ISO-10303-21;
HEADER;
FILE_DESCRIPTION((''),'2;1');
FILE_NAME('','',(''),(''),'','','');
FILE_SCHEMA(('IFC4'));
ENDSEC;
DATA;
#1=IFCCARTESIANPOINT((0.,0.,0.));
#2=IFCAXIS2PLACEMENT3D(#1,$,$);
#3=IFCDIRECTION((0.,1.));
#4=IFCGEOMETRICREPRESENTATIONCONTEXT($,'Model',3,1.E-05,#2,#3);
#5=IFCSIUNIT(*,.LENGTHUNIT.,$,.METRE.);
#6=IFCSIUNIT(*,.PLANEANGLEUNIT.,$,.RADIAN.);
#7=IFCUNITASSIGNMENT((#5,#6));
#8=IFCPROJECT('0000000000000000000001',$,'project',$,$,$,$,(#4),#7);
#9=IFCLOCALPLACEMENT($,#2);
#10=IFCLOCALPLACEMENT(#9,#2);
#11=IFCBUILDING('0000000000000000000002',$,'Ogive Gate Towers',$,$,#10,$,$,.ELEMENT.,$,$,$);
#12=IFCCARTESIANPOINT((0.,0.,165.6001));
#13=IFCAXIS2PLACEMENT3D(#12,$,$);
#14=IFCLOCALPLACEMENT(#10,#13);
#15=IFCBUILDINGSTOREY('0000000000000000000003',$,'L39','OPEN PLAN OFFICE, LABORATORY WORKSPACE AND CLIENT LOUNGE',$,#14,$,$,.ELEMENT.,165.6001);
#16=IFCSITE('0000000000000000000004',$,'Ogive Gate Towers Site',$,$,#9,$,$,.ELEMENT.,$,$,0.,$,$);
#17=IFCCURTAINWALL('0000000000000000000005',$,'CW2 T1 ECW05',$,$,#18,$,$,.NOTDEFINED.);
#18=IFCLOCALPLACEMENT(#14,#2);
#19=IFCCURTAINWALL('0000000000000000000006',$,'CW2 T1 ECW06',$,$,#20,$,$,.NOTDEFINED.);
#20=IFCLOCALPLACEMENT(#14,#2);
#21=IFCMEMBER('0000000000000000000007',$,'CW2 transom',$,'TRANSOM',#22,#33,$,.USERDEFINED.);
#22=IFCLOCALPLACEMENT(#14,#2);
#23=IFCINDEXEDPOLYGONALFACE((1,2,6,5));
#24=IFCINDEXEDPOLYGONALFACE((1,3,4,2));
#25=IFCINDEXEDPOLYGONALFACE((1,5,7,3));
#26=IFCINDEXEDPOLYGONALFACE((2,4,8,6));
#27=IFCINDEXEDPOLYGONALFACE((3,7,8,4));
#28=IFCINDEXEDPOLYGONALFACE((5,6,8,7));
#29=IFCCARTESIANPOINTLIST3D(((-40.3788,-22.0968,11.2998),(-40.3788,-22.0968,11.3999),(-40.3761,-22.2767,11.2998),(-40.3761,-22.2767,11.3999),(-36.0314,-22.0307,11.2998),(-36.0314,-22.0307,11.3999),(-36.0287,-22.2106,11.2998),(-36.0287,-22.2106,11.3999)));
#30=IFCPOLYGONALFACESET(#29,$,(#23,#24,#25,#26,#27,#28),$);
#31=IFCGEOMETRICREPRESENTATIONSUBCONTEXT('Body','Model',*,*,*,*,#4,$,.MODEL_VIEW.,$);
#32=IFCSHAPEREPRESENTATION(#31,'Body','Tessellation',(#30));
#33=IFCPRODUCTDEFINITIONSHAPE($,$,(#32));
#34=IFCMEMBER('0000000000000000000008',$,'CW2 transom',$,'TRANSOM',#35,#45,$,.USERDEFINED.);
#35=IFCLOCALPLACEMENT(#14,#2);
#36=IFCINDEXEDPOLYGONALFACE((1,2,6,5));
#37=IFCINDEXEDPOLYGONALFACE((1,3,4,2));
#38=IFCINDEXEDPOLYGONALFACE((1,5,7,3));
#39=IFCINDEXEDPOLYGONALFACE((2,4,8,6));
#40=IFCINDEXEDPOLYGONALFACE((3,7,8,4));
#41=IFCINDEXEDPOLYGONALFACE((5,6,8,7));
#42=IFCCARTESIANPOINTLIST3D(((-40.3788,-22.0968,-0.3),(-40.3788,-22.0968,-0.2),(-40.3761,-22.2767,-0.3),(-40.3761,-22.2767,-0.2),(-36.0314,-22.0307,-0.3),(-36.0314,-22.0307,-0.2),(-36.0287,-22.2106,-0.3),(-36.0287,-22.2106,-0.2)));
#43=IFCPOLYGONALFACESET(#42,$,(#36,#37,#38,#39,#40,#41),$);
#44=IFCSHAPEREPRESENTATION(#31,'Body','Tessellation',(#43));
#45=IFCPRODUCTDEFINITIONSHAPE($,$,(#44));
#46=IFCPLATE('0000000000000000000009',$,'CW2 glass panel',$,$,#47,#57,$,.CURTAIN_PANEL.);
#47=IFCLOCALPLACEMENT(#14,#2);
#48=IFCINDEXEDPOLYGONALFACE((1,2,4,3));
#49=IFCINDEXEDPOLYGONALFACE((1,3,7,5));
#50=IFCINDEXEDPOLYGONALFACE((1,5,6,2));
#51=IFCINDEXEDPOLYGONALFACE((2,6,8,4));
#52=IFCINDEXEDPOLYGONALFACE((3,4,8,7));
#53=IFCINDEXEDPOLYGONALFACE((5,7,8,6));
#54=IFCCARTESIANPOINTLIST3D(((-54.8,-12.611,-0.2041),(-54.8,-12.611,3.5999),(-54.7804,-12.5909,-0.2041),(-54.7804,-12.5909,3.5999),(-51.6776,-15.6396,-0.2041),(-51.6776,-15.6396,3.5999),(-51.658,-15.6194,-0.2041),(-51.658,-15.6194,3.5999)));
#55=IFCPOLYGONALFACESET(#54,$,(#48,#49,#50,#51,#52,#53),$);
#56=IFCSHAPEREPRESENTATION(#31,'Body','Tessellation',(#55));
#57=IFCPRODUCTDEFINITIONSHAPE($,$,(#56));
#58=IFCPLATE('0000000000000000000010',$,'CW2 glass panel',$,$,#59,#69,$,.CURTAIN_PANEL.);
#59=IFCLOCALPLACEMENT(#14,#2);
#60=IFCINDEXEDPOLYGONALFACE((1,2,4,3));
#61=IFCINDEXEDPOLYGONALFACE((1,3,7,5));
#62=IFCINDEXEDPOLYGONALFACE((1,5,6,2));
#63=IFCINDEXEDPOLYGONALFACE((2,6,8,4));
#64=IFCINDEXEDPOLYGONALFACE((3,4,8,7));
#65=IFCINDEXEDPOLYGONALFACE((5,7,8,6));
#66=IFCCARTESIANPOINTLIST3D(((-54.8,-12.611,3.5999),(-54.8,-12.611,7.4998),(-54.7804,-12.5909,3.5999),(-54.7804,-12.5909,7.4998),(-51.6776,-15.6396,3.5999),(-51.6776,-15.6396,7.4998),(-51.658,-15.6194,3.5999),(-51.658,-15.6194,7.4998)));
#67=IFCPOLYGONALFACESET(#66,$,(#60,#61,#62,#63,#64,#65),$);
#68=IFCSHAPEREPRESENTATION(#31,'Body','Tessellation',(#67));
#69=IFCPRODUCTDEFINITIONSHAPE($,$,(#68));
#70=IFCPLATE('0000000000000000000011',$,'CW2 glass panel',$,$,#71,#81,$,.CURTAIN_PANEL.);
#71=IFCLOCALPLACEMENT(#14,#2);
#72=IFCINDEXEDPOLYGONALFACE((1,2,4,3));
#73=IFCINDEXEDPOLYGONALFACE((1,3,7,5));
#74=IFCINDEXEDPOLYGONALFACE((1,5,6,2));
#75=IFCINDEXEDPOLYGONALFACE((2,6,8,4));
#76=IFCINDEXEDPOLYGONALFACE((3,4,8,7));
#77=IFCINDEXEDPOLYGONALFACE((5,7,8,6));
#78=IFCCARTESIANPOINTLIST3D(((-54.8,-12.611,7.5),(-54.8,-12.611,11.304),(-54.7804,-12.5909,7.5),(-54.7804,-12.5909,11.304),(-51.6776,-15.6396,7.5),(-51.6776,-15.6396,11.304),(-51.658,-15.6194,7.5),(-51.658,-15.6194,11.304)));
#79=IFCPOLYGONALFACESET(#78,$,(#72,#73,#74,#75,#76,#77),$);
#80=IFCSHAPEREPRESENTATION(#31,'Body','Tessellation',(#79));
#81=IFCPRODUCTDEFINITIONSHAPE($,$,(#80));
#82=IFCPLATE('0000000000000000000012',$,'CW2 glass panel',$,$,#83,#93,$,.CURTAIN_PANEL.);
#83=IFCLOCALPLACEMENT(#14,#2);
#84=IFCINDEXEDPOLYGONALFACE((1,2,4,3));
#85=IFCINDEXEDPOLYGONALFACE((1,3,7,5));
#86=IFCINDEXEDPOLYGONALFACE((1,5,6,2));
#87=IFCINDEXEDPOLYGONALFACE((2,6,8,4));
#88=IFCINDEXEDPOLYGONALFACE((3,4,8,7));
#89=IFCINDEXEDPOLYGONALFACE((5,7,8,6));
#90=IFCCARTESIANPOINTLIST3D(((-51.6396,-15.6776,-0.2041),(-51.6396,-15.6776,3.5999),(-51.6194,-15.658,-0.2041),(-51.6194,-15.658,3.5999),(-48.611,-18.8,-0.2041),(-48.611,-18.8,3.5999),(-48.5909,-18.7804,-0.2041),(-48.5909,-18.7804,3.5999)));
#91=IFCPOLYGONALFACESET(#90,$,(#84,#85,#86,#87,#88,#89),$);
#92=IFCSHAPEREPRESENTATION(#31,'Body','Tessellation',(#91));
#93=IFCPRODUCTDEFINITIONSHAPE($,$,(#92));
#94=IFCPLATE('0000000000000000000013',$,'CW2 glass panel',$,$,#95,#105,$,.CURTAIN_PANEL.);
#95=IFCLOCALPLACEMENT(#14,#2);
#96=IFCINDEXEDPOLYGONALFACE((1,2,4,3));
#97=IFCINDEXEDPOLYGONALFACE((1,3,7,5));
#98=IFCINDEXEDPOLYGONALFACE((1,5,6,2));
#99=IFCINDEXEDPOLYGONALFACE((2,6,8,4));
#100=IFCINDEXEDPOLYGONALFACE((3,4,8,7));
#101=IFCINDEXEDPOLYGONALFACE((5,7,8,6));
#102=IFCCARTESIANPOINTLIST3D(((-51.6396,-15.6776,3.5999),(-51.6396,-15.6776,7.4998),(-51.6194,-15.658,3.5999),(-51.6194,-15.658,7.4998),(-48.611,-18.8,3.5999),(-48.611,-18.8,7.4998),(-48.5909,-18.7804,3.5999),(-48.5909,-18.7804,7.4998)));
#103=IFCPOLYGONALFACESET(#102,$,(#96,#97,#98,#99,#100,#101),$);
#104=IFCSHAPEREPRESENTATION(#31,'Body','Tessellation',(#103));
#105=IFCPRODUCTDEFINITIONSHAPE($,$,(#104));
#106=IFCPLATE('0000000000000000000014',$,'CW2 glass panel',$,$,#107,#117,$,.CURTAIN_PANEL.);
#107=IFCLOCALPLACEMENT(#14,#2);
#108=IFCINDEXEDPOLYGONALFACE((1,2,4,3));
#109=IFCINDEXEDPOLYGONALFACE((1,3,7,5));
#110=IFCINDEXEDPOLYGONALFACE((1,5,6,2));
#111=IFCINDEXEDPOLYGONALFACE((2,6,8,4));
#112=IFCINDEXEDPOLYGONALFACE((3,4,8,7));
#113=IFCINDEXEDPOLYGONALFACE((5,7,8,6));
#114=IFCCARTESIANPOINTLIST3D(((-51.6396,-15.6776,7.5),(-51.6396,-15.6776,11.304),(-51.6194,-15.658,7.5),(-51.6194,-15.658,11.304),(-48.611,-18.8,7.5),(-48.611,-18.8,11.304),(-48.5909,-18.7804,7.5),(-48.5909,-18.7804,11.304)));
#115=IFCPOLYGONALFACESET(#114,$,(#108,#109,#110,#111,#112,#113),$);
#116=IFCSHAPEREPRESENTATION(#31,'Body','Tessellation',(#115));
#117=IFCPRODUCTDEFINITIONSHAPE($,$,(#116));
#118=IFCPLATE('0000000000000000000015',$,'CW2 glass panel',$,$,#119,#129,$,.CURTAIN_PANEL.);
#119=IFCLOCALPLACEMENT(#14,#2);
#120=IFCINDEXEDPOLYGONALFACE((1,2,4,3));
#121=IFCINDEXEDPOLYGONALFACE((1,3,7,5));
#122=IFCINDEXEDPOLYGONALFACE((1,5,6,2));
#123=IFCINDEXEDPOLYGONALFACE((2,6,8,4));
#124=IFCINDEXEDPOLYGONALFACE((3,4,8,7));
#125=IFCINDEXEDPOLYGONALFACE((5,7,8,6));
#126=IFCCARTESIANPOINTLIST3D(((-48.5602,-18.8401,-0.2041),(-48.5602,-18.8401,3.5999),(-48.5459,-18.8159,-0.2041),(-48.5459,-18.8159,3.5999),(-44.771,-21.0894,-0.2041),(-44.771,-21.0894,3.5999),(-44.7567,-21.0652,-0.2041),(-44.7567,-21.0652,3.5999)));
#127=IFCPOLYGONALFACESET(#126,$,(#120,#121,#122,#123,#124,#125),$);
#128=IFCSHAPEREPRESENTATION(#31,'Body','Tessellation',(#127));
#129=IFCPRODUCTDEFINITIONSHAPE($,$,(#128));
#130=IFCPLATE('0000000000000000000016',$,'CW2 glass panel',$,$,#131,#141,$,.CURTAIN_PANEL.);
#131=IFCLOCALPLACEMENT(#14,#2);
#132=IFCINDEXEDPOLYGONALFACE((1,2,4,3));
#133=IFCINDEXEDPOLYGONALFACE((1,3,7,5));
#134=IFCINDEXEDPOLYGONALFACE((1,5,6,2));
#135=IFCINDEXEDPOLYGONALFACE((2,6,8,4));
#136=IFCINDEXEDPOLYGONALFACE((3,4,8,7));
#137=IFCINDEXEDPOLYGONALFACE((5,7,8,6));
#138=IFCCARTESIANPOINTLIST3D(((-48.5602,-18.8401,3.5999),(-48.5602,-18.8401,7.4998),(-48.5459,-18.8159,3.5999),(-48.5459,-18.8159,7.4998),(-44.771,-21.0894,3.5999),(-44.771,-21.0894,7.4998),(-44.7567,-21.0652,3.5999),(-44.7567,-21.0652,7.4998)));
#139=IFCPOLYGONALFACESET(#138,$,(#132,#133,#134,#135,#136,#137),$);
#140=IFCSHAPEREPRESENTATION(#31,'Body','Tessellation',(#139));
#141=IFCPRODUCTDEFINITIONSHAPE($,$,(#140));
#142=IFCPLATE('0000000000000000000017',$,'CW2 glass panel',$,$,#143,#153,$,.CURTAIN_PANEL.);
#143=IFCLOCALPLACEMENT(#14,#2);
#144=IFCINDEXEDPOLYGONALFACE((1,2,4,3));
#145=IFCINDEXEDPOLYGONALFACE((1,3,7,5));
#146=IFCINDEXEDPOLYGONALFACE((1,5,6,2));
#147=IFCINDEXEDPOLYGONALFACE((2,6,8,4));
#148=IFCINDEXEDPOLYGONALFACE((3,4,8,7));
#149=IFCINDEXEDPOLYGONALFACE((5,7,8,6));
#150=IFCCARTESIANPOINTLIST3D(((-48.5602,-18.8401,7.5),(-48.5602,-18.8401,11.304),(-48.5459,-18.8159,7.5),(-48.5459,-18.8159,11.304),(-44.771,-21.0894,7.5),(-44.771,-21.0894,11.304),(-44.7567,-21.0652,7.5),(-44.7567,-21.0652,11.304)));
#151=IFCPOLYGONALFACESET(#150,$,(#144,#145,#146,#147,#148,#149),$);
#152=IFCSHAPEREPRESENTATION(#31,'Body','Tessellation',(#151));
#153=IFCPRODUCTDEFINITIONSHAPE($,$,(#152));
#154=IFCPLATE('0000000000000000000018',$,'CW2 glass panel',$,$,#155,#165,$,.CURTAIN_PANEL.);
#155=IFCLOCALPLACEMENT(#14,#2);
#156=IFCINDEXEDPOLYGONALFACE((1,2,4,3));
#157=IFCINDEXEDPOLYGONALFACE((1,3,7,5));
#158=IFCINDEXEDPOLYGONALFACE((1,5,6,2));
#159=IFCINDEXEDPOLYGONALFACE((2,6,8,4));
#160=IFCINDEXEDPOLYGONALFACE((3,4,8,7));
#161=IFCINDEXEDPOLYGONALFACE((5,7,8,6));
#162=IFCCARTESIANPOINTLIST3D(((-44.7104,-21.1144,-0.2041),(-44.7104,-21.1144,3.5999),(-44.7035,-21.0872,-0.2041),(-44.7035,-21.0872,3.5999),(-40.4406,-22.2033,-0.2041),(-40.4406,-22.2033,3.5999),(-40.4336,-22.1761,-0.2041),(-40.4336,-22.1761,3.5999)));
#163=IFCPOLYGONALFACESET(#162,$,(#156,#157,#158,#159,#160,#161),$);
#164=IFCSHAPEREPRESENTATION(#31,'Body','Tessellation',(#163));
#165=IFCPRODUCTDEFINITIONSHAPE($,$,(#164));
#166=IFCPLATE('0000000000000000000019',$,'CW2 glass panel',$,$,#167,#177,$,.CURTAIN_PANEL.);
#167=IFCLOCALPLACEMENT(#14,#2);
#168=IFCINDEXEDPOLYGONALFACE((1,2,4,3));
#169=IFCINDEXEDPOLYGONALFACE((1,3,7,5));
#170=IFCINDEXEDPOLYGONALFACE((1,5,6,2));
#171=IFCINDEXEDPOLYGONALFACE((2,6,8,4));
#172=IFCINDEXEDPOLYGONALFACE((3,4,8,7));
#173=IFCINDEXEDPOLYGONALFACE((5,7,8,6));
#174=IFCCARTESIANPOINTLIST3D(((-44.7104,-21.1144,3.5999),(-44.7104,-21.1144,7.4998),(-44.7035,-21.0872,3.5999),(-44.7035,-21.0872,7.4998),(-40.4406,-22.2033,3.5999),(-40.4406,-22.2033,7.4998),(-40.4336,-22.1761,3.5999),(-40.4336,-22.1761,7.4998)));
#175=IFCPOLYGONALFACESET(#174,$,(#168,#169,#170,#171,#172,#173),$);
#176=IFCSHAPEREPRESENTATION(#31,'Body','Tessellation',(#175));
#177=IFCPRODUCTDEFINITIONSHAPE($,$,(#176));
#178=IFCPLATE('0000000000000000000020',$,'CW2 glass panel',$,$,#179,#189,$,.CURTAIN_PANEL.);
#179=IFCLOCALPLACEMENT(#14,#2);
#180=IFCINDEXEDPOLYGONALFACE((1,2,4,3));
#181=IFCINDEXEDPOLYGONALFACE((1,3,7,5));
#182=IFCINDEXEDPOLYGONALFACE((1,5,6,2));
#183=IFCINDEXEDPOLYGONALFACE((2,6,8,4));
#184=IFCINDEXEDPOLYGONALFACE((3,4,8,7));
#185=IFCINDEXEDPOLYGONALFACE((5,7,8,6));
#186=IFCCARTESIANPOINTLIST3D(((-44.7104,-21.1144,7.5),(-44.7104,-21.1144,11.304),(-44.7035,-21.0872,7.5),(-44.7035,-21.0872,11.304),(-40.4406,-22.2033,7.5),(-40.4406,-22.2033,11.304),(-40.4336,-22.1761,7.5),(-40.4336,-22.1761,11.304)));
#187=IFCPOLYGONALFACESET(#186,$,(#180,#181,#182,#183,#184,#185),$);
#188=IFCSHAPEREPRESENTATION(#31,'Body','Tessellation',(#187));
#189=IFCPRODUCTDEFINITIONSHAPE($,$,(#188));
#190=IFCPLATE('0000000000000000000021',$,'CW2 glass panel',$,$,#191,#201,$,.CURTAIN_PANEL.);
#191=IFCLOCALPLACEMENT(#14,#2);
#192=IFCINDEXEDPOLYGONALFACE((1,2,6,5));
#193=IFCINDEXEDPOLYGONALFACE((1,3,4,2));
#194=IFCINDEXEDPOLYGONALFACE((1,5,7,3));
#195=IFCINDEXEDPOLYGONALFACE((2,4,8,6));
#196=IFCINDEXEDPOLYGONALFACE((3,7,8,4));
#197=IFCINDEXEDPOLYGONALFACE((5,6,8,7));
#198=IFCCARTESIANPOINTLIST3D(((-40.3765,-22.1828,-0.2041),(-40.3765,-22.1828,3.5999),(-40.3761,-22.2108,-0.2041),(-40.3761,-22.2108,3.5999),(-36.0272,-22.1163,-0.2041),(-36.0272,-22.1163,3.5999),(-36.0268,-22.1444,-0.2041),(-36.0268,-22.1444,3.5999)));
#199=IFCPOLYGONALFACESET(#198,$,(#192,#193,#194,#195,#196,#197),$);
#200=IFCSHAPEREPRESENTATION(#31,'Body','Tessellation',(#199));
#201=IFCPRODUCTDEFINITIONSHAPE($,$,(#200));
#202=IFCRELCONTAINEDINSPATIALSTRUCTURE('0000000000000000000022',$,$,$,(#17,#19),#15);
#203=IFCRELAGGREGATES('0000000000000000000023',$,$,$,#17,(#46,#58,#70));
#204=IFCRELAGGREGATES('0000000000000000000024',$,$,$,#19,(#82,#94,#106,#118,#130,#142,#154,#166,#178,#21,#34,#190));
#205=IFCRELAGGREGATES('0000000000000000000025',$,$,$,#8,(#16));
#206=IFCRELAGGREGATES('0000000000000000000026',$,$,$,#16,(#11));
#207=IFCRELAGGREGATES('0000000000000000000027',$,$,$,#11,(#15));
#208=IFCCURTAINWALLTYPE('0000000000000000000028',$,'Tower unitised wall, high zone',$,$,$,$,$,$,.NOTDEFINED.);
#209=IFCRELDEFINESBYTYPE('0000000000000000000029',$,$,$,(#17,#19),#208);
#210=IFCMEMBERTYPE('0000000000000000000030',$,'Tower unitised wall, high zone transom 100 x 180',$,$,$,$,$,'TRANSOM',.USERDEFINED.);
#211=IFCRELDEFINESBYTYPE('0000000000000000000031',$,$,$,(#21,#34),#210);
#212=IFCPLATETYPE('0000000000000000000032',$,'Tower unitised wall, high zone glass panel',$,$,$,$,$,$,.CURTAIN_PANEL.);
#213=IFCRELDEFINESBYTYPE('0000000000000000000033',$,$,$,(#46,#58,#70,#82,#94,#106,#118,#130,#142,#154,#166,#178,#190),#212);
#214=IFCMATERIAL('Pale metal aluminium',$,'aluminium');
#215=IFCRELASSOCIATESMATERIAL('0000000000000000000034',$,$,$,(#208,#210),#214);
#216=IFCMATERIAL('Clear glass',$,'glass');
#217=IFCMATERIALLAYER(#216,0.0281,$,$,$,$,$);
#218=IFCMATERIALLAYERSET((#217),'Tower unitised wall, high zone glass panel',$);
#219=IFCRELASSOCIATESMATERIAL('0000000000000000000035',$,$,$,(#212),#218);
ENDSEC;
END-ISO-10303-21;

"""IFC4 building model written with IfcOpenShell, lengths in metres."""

from ifc_helpers import new_model, si_unit, direction, frame, origin, origin_2d, place, context, subcontext, project, spatial, rectangle, extrude, material, layer, layer_set, material_profile, profile_set, type_object, element, aggregate, save


model = new_model("IFC4")

# Units and contexts
model_context = context("Model", 3, precision=1e-05, world=origin(), true_north=direction((0.0, 1.0)))
body_context = subcontext(model_context, "Body", "Model", "MODEL_VIEW")
ifc_project = project(units=[si_unit("LENGTHUNIT", "METRE"), si_unit("PLANEANGLEUNIT", "RADIAN")], contexts=[model_context])

# Site, building, storey
site_placement = place(None, origin())
site = spatial("IfcSite", under=ifc_project, at=site_placement, Name="Ogive Gate Towers Site", CompositionType="ELEMENT", RefElevation=0.0)
building_placement = place(site_placement, origin())
building = spatial("IfcBuilding", under=site, at=building_placement, Name="Ogive Gate Towers", CompositionType="ELEMENT")
storey_placement = place(building_placement, frame((0.0, 0.0, 165.6001)))
storey = spatial("IfcBuildingStorey", under=building, at=storey_placement, Name="L39", Description="OPEN PLAN OFFICE, LABORATORY WORKSPACE AND CLIENT LOUNGE", CompositionType="ELEMENT", Elevation=165.6001)

# Curtain wall
ifc_material_1 = material(Name="Pale metal aluminium", Category="aluminium")
curtain_wall_type = type_object("IfcCurtainWallType", Name="Tower unitised wall, high zone", PredefinedType="NOTDEFINED", material=ifc_material_1)
curtain_wall_1_placement = place(storey_placement, origin())
curtain_wall_1 = element("IfcCurtainWall", 1, at=curtain_wall_1_placement, inside=storey, type_object=curtain_wall_type, Name="CW2 T1 ECW05", PredefinedType="NOTDEFINED")

# Curtain wall
curtain_wall_2_placement = place(storey_placement, origin())
curtain_wall_2 = element("IfcCurtainWall", 2, at=curtain_wall_2_placement, inside=storey, type_object=curtain_wall_type, Name="CW2 T1 ECW06", PredefinedType="NOTDEFINED")

# Members
ifc_material_profile_1 = material_profile(ifc_material_1, rectangle(XDim=0.1799, YDim=0.1001, at=origin_2d()), Name="100 x 180 aluminium box")
ifc_profile_set_1 = profile_set([ifc_material_profile_1], Name="Pale metal aluminium")
member_type_1 = type_object("IfcMemberType", Name="Tower unitised wall, high zone transom 100 x 180", ElementType="TRANSOM", PredefinedType="USERDEFINED", material=ifc_profile_set_1)
member_1_placement = place(storey_placement, frame((-40.3774, -22.1868, 11.3499), z_axis=(0.999884, 0.015217, 0.0), x_axis=(-0.015217, 0.999884, 0.0)))
member_1 = element("IfcMember", 3, at=member_1_placement, type_object=member_type_1, Name="CW2 transom", ObjectType="TRANSOM", PredefinedType="USERDEFINED", context=body_context, shape_type="SweptSolid", body=[
    extrude(rectangle(XDim=0.1799, YDim=0.1001, at=origin_2d()), origin(), (0.0, 0.0, 1.0), 4.3479),
])
member_2_placement = place(storey_placement, frame((-40.3774, -22.1868, -0.25), z_axis=(0.999884, 0.015217, 0.0), x_axis=(-0.015217, 0.999884, 0.0)))
member_2 = element("IfcMember", 4, at=member_2_placement, type_object=member_type_1, Name="CW2 transom", ObjectType="TRANSOM", PredefinedType="USERDEFINED", context=body_context, shape_type="SweptSolid", body=[
    extrude(rectangle(XDim=0.1799, YDim=0.1001, at=origin_2d()), origin(), (0.0, 0.0, 1.0), 4.3479),
])

# Plates
ifc_material_2 = material(Name="Clear glass", Category="glass")
ifc_layer_1 = layer(ifc_material_2, 0.0281)
ifc_layer_set_1 = layer_set([ifc_layer_1], Name="Tower unitised wall, high zone glass panel")
plate_type = type_object("IfcPlateType", Name="Tower unitised wall, high zone glass panel", PredefinedType="CURTAIN_PANEL", material=ifc_layer_set_1)
plate_1_placement = place(storey_placement, frame((-53.229, -14.1152, -0.2041), z_axis=(0.0, 0.0, 1.0), x_axis=(0.71781, -0.696239, 0.0)))
plate_1 = element("IfcPlate", 5, at=plate_1_placement, type_object=plate_type, Name="CW2 glass panel", PredefinedType="CURTAIN_PANEL", context=body_context, shape_type="SweptSolid", body=[
    extrude(rectangle(XDim=4.3499, YDim=0.0281, at=origin_2d()), origin(), (0.0, 0.0, 1.0), 3.804),
])
plate_2_placement = place(storey_placement, frame((-53.229, -14.1152, 3.5999), z_axis=(0.0, 0.0, 1.0), x_axis=(0.71781, -0.696239, 0.0)))
plate_2 = element("IfcPlate", 6, at=plate_2_placement, type_object=plate_type, Name="CW2 glass panel", PredefinedType="CURTAIN_PANEL", context=body_context, shape_type="SweptSolid", body=[
    extrude(rectangle(XDim=4.3499, YDim=0.0281, at=origin_2d()), origin(), (0.0, 0.0, 1.0), 3.8999),
])
plate_3_placement = place(storey_placement, frame((-53.229, -14.1152, 7.5), z_axis=(0.0, 0.0, 1.0), x_axis=(0.71781, -0.696239, 0.0)))
plate_3 = element("IfcPlate", 7, at=plate_3_placement, type_object=plate_type, Name="CW2 glass panel", PredefinedType="CURTAIN_PANEL", context=body_context, shape_type="SweptSolid", body=[
    extrude(rectangle(XDim=4.3499, YDim=0.0281, at=origin_2d()), origin(), (0.0, 0.0, 1.0), 3.804),
])
aggregate(curtain_wall_1, [plate_1, plate_2, plate_3])
plate_4_placement = place(storey_placement, frame((-50.1152, -17.229, -0.2041), z_axis=(0.0, 0.0, 1.0), x_axis=(0.696239, -0.71781, 0.0)))
plate_4 = element("IfcPlate", 8, at=plate_4_placement, type_object=plate_type, Name="CW2 glass panel", PredefinedType="CURTAIN_PANEL", context=body_context, shape_type="SweptSolid", body=[
    extrude(rectangle(XDim=4.3499, YDim=0.0281, at=origin_2d()), origin(), (0.0, 0.0, 1.0), 3.804),
])
plate_5_placement = place(storey_placement, frame((-50.1152, -17.229, 3.5999), z_axis=(0.0, 0.0, 1.0), x_axis=(0.696239, -0.71781, 0.0)))
plate_5 = element("IfcPlate", 9, at=plate_5_placement, type_object=plate_type, Name="CW2 glass panel", PredefinedType="CURTAIN_PANEL", context=body_context, shape_type="SweptSolid", body=[
    extrude(rectangle(XDim=4.3499, YDim=0.0281, at=origin_2d()), origin(), (0.0, 0.0, 1.0), 3.8999),
])
plate_6_placement = place(storey_placement, frame((-50.1152, -17.229, 7.5), z_axis=(0.0, 0.0, 1.0), x_axis=(0.696239, -0.71781, 0.0)))
plate_6 = element("IfcPlate", 10, at=plate_6_placement, type_object=plate_type, Name="CW2 glass panel", PredefinedType="CURTAIN_PANEL", context=body_context, shape_type="SweptSolid", body=[
    extrude(rectangle(XDim=4.3499, YDim=0.0281, at=origin_2d()), origin(), (0.0, 0.0, 1.0), 3.804),
])
plate_7_placement = place(storey_placement, frame((-46.6584, -19.9526, -0.2041), z_axis=(0.0, 0.0, 1.0), x_axis=(0.859906, -0.510453, 0.0)))
plate_7 = element("IfcPlate", 11, at=plate_7_placement, type_object=plate_type, Name="CW2 glass panel", PredefinedType="CURTAIN_PANEL", context=body_context, shape_type="SweptSolid", body=[
    extrude(rectangle(XDim=4.4065, YDim=0.0281, at=origin_2d()), origin(), (0.0, 0.0, 1.0), 3.804),
])
plate_8_placement = place(storey_placement, frame((-46.6584, -19.9526, 3.5999), z_axis=(0.0, 0.0, 1.0), x_axis=(0.859906, -0.510453, 0.0)))
plate_8 = element("IfcPlate", 12, at=plate_8_placement, type_object=plate_type, Name="CW2 glass panel", PredefinedType="CURTAIN_PANEL", context=body_context, shape_type="SweptSolid", body=[
    extrude(rectangle(XDim=4.4065, YDim=0.0281, at=origin_2d()), origin(), (0.0, 0.0, 1.0), 3.8999),
])
plate_9_placement = place(storey_placement, frame((-46.6584, -19.9526, 7.5), z_axis=(0.0, 0.0, 1.0), x_axis=(0.859906, -0.510453, 0.0)))
plate_9 = element("IfcPlate", 13, at=plate_9_placement, type_object=plate_type, Name="CW2 glass panel", PredefinedType="CURTAIN_PANEL", context=body_context, shape_type="SweptSolid", body=[
    extrude(rectangle(XDim=4.4065, YDim=0.0281, at=origin_2d()), origin(), (0.0, 0.0, 1.0), 3.804),
])
plate_10_placement = place(storey_placement, frame((-42.572, -21.6453, -0.2041), z_axis=(0.0, 0.0, 1.0), x_axis=(0.96899, -0.2471, 0.0)))
plate_10 = element("IfcPlate", 14, at=plate_10_placement, type_object=plate_type, Name="CW2 glass panel", PredefinedType="CURTAIN_PANEL", context=body_context, shape_type="SweptSolid", body=[
    extrude(rectangle(XDim=4.4065, YDim=0.0281, at=origin_2d()), origin(), (0.0, 0.0, 1.0), 3.804),
])
plate_11_placement = place(storey_placement, frame((-42.572, -21.6453, 3.5999), z_axis=(0.0, 0.0, 1.0), x_axis=(0.96899, -0.2471, 0.0)))
plate_11 = element("IfcPlate", 15, at=plate_11_placement, type_object=plate_type, Name="CW2 glass panel", PredefinedType="CURTAIN_PANEL", context=body_context, shape_type="SweptSolid", body=[
    extrude(rectangle(XDim=4.4065, YDim=0.0281, at=origin_2d()), origin(), (0.0, 0.0, 1.0), 3.8999),
])
plate_12_placement = place(storey_placement, frame((-42.572, -21.6453, 7.5), z_axis=(0.0, 0.0, 1.0), x_axis=(0.96899, -0.2471, 0.0)))
plate_12 = element("IfcPlate", 16, at=plate_12_placement, type_object=plate_type, Name="CW2 glass panel", PredefinedType="CURTAIN_PANEL", context=body_context, shape_type="SweptSolid", body=[
    extrude(rectangle(XDim=4.4065, YDim=0.0281, at=origin_2d()), origin(), (0.0, 0.0, 1.0), 3.804),
])
plate_13_placement = place(storey_placement, frame((-38.2017, -22.1636, -0.2041), z_axis=(0.0, 0.0, 1.0), x_axis=(0.999883, 0.015271, 0.0)))
plate_13 = element("IfcPlate", 17, at=plate_13_placement, type_object=plate_type, Name="CW2 glass panel", PredefinedType="CURTAIN_PANEL", context=body_context, shape_type="SweptSolid", body=[
    extrude(rectangle(XDim=4.3499, YDim=0.0281, at=origin_2d()), origin(), (0.0, 0.0, 1.0), 3.804),
])
aggregate(curtain_wall_2, [plate_4, plate_5, plate_6, plate_7, plate_8, plate_9, plate_10, plate_11, plate_12, member_1, member_2, plate_13])

save(model, "model.ifc")
